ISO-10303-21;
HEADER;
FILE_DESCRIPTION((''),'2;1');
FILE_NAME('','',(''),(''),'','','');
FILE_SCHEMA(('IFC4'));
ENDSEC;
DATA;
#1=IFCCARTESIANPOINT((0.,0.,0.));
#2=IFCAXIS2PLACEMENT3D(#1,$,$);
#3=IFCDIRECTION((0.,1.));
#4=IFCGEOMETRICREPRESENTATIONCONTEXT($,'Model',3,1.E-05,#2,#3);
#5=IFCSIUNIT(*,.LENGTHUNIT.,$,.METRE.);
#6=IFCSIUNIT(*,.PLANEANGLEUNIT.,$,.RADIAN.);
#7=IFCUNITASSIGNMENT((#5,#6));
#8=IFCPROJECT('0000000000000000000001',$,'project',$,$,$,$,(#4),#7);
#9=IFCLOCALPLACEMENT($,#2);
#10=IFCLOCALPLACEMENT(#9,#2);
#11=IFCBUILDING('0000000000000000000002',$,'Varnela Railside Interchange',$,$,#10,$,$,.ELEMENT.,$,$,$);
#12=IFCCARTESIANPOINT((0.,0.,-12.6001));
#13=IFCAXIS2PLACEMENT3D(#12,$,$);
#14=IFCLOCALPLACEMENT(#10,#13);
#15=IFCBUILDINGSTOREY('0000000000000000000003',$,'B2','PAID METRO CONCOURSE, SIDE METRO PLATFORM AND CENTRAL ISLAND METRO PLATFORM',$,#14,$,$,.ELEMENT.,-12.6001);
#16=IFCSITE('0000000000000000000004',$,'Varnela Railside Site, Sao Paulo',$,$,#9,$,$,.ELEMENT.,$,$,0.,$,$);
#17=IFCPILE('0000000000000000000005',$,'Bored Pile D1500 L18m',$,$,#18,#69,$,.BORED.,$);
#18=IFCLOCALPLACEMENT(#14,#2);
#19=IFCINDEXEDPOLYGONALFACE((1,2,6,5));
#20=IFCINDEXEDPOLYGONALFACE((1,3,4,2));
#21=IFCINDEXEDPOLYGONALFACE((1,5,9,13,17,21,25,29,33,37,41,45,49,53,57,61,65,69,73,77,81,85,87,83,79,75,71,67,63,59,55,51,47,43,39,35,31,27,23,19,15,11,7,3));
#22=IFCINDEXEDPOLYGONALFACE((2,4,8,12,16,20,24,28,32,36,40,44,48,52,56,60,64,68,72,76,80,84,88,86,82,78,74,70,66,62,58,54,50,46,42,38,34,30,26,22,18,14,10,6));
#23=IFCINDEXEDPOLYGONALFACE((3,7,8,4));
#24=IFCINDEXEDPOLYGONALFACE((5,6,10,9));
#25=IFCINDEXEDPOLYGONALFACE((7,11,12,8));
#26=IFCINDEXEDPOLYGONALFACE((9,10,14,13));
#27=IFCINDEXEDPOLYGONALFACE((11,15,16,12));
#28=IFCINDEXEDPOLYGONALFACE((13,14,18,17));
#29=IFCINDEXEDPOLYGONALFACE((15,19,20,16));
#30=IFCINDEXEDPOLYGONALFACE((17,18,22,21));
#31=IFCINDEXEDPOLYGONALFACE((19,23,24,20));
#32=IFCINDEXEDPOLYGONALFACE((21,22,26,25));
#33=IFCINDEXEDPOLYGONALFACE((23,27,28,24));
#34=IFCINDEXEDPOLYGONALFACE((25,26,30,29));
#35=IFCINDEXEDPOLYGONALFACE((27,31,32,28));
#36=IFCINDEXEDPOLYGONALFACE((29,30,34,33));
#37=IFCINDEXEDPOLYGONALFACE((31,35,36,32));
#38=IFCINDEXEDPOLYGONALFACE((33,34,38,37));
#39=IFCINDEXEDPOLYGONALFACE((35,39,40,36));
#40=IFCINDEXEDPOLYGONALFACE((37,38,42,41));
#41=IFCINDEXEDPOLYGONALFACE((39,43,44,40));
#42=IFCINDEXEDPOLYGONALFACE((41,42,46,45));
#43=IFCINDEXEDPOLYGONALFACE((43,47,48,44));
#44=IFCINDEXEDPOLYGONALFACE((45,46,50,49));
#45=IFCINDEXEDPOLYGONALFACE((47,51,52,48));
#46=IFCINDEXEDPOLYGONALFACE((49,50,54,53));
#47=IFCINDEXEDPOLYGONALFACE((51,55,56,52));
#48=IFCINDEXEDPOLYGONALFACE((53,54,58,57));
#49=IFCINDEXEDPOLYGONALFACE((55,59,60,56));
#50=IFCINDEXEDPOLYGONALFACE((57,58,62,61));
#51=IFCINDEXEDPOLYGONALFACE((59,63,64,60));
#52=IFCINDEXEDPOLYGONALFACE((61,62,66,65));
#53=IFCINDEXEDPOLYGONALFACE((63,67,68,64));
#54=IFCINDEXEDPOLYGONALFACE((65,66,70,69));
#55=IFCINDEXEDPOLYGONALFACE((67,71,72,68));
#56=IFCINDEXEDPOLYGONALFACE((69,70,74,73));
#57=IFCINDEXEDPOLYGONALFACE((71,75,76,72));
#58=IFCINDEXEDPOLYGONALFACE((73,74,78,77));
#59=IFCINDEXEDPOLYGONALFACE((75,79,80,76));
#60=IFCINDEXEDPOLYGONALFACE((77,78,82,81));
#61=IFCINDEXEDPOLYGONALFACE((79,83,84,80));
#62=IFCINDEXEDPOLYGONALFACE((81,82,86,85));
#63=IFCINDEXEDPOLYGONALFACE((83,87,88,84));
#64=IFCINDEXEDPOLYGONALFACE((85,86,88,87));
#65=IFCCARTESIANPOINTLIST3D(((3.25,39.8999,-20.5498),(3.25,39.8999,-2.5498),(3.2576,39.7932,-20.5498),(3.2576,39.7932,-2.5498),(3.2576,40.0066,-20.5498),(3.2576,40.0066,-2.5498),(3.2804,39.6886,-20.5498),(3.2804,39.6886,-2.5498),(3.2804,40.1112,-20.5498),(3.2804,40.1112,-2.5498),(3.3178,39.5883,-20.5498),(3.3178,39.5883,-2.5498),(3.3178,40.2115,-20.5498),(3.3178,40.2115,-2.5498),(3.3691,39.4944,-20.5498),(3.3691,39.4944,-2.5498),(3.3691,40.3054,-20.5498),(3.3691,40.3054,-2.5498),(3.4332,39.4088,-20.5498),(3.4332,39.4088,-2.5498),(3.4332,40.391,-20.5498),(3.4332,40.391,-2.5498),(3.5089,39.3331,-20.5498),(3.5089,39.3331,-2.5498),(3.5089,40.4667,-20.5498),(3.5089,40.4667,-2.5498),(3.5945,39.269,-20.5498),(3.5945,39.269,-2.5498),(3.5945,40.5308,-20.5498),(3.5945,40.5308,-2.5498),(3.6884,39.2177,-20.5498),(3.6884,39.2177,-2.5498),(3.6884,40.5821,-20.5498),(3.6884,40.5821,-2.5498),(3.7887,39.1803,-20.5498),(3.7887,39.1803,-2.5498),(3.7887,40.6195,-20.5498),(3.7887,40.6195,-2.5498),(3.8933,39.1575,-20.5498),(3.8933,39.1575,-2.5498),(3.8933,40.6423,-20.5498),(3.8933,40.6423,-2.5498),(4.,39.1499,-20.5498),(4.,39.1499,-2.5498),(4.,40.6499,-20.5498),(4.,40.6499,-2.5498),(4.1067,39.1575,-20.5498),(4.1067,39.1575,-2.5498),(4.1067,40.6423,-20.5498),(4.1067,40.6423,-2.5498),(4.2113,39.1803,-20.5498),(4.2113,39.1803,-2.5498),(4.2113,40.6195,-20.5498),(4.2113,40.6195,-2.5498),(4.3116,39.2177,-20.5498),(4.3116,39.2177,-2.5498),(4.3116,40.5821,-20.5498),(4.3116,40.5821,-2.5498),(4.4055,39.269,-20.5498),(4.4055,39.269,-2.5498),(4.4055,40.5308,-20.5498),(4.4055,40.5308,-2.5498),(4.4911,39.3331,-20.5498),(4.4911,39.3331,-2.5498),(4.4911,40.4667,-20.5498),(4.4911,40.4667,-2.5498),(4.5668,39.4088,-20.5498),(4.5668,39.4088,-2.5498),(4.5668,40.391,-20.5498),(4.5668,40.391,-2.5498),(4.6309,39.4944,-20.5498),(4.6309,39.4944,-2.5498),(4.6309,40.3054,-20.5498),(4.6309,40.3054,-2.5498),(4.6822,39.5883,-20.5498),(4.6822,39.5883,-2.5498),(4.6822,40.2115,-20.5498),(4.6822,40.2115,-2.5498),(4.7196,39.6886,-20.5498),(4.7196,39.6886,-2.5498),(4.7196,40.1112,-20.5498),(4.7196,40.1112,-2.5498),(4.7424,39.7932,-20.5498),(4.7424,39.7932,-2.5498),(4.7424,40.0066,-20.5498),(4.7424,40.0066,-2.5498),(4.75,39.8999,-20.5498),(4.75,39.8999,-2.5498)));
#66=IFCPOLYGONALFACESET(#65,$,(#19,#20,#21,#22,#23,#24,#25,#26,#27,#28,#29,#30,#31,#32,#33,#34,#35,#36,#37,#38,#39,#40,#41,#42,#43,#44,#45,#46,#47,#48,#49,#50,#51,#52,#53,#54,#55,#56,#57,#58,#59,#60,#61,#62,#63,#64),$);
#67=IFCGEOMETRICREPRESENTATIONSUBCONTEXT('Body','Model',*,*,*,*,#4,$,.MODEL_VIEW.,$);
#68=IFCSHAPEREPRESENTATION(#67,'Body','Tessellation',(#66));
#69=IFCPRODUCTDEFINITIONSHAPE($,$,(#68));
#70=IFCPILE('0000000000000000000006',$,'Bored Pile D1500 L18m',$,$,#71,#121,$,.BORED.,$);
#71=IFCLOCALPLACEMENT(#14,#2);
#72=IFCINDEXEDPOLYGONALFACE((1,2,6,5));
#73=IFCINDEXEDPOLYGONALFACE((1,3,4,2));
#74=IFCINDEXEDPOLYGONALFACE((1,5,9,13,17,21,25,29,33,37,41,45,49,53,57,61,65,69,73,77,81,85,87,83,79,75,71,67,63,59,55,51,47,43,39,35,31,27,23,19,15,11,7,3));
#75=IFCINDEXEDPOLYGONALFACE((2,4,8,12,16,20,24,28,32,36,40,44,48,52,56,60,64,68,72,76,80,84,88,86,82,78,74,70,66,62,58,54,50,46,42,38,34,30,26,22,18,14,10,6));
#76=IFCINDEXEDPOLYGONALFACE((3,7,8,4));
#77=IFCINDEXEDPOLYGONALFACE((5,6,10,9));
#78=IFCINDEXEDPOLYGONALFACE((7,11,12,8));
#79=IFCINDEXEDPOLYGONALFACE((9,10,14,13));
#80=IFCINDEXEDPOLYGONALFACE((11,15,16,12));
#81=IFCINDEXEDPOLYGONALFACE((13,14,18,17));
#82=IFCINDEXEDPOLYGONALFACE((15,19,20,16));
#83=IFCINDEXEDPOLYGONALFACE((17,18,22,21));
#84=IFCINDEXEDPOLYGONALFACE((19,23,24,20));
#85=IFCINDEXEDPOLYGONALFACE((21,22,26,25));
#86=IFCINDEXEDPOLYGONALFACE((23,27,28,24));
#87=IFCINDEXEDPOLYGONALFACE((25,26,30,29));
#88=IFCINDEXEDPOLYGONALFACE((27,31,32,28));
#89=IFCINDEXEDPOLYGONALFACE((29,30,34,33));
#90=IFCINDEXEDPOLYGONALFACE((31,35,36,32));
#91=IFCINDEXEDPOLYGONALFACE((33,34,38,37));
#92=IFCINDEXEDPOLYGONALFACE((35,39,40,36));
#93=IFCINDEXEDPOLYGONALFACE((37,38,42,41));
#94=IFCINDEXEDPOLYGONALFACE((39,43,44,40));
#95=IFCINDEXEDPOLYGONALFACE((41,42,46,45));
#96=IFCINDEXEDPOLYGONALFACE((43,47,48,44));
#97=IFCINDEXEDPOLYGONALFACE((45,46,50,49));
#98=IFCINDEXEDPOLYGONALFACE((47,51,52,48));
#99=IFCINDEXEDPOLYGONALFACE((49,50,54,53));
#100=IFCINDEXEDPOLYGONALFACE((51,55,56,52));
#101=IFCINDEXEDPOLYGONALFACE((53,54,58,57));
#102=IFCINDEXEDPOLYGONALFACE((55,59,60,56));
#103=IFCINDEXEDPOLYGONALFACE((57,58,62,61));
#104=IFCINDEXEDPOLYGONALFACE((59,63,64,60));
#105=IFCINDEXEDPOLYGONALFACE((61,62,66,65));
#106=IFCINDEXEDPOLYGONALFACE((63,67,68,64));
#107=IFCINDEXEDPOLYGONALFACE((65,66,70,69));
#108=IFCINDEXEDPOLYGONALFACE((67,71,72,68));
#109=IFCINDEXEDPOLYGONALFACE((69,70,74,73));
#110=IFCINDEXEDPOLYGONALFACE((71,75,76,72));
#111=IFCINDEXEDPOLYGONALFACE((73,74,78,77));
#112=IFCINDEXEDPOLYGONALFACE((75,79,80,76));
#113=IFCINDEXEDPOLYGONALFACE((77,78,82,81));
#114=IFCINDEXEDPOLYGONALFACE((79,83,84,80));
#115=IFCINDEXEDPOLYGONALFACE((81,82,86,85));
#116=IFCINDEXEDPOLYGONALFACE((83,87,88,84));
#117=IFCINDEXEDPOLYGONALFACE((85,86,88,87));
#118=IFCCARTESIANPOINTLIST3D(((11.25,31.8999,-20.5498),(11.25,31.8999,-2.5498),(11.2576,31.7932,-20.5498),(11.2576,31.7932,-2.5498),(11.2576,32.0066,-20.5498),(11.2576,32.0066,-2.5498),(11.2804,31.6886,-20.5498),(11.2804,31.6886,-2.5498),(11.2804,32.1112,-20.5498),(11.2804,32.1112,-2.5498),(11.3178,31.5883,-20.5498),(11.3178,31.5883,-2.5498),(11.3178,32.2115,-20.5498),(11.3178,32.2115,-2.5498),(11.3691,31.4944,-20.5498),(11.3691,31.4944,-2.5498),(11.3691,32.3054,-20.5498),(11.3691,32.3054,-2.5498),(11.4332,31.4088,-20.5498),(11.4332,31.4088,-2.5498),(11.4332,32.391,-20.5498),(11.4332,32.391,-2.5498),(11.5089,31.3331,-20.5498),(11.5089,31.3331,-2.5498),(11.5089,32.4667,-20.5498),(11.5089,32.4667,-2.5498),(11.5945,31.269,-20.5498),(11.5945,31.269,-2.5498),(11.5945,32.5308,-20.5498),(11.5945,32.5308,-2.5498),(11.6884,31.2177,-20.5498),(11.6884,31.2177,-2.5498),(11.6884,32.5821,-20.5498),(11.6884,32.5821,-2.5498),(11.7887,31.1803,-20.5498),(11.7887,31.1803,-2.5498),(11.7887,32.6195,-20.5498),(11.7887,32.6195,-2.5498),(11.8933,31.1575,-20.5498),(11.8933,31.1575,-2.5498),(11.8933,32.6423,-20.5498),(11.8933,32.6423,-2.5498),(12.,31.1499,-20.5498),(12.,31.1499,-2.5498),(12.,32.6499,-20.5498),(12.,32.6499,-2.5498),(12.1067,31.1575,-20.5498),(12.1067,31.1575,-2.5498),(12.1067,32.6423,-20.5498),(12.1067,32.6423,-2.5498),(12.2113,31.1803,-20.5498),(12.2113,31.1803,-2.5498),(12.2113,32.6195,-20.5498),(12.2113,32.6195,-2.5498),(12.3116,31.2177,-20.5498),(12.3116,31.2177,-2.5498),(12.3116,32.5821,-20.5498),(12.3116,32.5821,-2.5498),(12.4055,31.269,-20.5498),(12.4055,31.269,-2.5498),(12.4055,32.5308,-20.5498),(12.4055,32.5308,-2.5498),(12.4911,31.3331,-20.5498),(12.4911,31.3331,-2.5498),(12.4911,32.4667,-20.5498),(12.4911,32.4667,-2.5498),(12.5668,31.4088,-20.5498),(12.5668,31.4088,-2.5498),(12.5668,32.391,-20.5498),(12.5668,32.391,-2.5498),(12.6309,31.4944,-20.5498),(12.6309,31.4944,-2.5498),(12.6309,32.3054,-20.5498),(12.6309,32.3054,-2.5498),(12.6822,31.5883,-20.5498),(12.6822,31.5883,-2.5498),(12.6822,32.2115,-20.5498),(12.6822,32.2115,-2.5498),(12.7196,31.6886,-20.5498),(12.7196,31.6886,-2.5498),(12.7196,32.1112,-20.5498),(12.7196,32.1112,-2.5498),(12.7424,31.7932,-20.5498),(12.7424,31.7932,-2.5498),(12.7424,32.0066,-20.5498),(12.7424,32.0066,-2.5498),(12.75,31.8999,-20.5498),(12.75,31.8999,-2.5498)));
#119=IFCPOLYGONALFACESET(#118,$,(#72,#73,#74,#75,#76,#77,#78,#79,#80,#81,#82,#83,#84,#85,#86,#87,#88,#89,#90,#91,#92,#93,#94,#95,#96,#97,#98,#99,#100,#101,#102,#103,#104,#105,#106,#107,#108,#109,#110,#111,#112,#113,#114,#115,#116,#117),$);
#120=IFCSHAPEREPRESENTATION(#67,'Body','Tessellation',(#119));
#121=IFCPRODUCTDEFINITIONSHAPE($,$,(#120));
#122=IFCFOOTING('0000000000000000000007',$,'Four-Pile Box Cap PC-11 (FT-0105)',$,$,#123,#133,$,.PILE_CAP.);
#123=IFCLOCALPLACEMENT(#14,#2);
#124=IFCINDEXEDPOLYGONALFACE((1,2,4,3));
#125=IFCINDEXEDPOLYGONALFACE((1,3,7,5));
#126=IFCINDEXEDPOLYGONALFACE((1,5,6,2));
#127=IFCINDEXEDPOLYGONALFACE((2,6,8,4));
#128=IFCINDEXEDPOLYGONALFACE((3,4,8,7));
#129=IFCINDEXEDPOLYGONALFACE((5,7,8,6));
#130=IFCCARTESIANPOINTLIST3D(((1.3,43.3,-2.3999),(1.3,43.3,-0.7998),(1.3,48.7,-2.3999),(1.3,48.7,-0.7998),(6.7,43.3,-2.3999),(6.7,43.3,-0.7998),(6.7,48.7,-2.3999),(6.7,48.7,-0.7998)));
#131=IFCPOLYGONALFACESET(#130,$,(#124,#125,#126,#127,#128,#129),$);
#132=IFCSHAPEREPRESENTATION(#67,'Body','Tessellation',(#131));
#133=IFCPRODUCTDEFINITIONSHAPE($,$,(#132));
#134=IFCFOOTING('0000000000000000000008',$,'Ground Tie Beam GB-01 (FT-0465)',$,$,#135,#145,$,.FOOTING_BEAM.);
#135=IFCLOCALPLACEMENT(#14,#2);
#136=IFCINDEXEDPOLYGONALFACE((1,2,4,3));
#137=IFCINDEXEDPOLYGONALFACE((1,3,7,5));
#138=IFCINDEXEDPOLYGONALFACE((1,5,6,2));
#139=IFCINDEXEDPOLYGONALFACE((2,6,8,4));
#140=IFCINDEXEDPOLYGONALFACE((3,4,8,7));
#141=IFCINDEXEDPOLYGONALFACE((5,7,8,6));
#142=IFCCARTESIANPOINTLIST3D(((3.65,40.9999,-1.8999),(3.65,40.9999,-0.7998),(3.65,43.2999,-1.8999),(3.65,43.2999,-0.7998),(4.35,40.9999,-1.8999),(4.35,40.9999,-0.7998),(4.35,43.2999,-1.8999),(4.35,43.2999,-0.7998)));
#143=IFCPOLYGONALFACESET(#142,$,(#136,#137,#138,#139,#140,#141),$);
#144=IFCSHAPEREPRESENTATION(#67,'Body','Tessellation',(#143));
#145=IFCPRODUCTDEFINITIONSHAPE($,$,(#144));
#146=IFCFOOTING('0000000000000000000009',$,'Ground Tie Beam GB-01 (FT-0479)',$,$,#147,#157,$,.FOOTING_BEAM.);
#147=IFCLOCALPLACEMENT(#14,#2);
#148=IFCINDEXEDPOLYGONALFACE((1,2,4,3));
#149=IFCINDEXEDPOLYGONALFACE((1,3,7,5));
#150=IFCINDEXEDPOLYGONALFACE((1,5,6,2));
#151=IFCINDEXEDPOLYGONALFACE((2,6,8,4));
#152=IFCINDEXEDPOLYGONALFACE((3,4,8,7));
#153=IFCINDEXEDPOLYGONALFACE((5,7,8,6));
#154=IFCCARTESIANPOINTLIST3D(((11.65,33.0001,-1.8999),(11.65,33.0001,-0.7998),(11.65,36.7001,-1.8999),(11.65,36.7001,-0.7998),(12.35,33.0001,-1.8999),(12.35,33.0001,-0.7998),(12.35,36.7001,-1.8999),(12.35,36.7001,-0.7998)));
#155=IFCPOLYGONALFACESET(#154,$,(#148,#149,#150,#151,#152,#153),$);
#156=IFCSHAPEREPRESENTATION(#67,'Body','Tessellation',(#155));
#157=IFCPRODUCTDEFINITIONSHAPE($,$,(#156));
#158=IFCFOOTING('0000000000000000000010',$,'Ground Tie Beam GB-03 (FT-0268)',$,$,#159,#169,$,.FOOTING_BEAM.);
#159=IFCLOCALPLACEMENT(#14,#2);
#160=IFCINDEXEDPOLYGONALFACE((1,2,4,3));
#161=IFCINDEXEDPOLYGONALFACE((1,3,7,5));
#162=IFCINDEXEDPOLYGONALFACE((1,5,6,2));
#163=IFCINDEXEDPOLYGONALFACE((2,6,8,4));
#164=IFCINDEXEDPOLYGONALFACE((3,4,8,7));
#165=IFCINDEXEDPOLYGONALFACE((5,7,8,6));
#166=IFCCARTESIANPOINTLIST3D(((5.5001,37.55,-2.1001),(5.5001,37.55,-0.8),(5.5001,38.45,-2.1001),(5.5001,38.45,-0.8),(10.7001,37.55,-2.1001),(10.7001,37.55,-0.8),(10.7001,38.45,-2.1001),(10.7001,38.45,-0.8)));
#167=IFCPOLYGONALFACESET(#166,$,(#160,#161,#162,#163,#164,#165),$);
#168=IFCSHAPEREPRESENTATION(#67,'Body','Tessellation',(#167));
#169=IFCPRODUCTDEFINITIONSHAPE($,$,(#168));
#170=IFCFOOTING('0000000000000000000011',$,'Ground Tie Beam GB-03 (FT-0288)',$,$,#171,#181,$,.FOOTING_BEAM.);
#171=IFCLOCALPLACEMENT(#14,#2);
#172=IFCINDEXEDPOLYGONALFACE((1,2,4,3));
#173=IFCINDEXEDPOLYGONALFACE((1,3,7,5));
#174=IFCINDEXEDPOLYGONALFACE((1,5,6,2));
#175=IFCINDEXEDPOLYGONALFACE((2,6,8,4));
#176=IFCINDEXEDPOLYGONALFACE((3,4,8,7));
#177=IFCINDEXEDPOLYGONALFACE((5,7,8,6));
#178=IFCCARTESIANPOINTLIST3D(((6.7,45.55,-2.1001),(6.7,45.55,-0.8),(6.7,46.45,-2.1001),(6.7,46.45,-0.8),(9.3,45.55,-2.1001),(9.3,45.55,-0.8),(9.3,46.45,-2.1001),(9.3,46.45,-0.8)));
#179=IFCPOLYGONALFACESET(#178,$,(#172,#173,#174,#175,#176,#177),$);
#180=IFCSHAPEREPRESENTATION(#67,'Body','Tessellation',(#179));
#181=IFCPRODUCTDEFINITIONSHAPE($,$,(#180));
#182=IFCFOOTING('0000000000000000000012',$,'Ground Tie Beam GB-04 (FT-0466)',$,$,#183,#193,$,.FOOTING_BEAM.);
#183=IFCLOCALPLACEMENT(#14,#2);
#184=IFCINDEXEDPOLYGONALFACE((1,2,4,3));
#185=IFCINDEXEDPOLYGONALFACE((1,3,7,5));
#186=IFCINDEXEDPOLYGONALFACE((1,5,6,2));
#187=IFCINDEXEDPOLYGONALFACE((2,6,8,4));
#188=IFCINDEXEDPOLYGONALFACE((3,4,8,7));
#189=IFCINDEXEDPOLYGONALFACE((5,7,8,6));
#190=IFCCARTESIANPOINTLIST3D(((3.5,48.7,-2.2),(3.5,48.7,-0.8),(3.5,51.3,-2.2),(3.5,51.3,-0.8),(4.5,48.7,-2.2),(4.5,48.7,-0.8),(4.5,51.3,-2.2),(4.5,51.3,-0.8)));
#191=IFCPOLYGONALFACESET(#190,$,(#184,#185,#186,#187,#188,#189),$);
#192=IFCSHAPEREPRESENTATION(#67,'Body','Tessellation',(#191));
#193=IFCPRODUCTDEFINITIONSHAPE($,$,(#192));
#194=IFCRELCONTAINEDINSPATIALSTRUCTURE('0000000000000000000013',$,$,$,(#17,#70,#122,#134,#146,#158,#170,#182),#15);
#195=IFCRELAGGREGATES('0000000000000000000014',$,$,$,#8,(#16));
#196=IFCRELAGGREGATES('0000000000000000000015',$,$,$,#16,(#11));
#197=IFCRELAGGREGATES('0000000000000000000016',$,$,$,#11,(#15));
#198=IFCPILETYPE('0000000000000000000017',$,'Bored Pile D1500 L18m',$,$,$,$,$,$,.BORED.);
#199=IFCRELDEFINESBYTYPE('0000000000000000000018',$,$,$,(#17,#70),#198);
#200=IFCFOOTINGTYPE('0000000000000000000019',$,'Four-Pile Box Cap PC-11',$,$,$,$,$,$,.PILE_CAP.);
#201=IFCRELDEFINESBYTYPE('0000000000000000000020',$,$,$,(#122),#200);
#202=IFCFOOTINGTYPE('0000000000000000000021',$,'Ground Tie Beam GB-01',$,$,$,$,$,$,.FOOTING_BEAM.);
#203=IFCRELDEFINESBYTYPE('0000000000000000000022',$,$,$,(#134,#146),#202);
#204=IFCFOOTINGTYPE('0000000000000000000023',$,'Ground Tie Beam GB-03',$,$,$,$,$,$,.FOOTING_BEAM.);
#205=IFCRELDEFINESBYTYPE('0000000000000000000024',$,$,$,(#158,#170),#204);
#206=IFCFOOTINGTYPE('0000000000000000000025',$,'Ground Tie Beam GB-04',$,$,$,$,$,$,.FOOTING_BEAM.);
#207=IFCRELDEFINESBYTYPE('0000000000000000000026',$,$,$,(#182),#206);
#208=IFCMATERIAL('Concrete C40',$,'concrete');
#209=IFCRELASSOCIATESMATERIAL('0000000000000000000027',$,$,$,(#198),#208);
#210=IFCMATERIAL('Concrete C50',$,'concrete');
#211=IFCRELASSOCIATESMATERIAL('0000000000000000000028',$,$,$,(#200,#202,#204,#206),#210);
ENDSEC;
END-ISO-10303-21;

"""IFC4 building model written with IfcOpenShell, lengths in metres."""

from ifc_helpers import new_model, si_unit, direction, frame, origin, origin_2d, place, context, subcontext, project, spatial, rectangle, circle, extrude, material, material_profile, profile_set, type_object, element, save


model = new_model("IFC4")

# Units and contexts
model_context = context("Model", 3, precision=1e-05, world=origin(), true_north=direction((0.0, 1.0)))
body_context = subcontext(model_context, "Body", "Model", "MODEL_VIEW")
ifc_project = project(units=[si_unit("LENGTHUNIT", "METRE"), si_unit("PLANEANGLEUNIT", "RADIAN")], contexts=[model_context])

# Site, building, storey
site_placement = place(None, origin())
site = spatial("IfcSite", under=ifc_project, at=site_placement, Name="Varnela Railside Site, Sao Paulo", CompositionType="ELEMENT", RefElevation=0.0)
building_placement = place(site_placement, origin())
building = spatial("IfcBuilding", under=site, at=building_placement, Name="Varnela Railside Interchange", CompositionType="ELEMENT")
storey_placement = place(building_placement, frame((0.0, 0.0, -12.6001)))
storey = spatial("IfcBuildingStorey", under=building, at=storey_placement, Name="B2", Description="PAID METRO CONCOURSE, SIDE METRO PLATFORM AND CENTRAL ISLAND METRO PLATFORM", CompositionType="ELEMENT", Elevation=-12.6001)

# Piles
ifc_material_1 = material(Name="Concrete C40", Category="concrete")
ifc_material_profile_1 = material_profile(ifc_material_1, circle(Radius=0.75, at=origin_2d()), Name="BORED PILE D1500")
ifc_profile_set_1 = profile_set([ifc_material_profile_1], Name="Concrete C40")
pile_type_1 = type_object("IfcPileType", Name="Bored Pile D1500 L18m", PredefinedType="BORED", material=ifc_profile_set_1)
for number, where, z_axis, x_axis, name in (
    (1, (4.0, 39.8999, -2.5498), (0.0, 0.0, -1.0), (1.0, 0.0, 0.0), "Bored Pile D1500 L18m"),
    (2, (12.0, 31.8999, -2.5498), (0.0, 0.0, -1.0), (1.0, 0.0, 0.0), "Bored Pile D1500 L18m"),
):
    element("IfcPile", number, at=place(storey_placement, frame(where, z_axis=z_axis, x_axis=x_axis)), inside=storey, type_object=pile_type_1, Name=name, PredefinedType="BORED", context=body_context, shape_type="SweptSolid", body=[
        extrude(circle(Radius=0.75, at=origin_2d()), origin(), (0.0, 0.0, 1.0), 18.0),
    ])

# Footings
ifc_material_2 = material(Name="Concrete C50", Category="concrete")
footing_type_1 = type_object("IfcFootingType", Name="Four-Pile Box Cap PC-11", PredefinedType="PILE_CAP", material=ifc_material_2)
footing_1_placement = place(storey_placement, frame((4.0, 46.0, -2.3999), z_axis=(0.0, 0.0, 1.0), x_axis=(1.0, 0.0, 0.0)))
element("IfcFooting", 3, at=footing_1_placement, inside=storey, type_object=footing_type_1, Name="Four-Pile Box Cap PC-11 (FT-0105)", PredefinedType="PILE_CAP", context=body_context, shape_type="SweptSolid", body=[
    extrude(rectangle(XDim=5.3999, YDim=5.3999, at=origin_2d()), origin(), (0.0, 0.0, 1.0), 1.6001),
])
footing_type_2 = type_object("IfcFootingType", Name="Ground Tie Beam GB-01", PredefinedType="FOOTING_BEAM", material=ifc_material_2)
footing_2_placement = place(storey_placement, frame((4.0, 42.1499, -1.8999), z_axis=(0.0, 0.0, 1.0), x_axis=(1.0, 0.0, 0.0)))
element("IfcFooting", 4, at=footing_2_placement, inside=storey, type_object=footing_type_2, Name="Ground Tie Beam GB-01 (FT-0465)", PredefinedType="FOOTING_BEAM", context=body_context, shape_type="SweptSolid", body=[
    extrude(rectangle(XDim=0.7, YDim=2.3, at=origin_2d()), origin(), (0.0, 0.0, 1.0), 1.1001),
])
footing_3_placement = place(storey_placement, frame((12.0, 34.8501, -1.8999), z_axis=(0.0, 0.0, 1.0), x_axis=(1.0, 0.0, 0.0)))
element("IfcFooting", 5, at=footing_3_placement, inside=storey, type_object=footing_type_2, Name="Ground Tie Beam GB-01 (FT-0479)", PredefinedType="FOOTING_BEAM", context=body_context, shape_type="SweptSolid", body=[
    extrude(rectangle(XDim=0.7, YDim=3.7, at=origin_2d()), origin(), (0.0, 0.0, 1.0), 1.1001),
])
footing_type_3 = type_object("IfcFootingType", Name="Ground Tie Beam GB-03", PredefinedType="FOOTING_BEAM", material=ifc_material_2)
footing_4_placement = place(storey_placement, frame((8.1001, 38.0, -2.1001), z_axis=(0.0, 0.0, 1.0), x_axis=(1.0, 0.0, 0.0)))
element("IfcFooting", 6, at=footing_4_placement, inside=storey, type_object=footing_type_3, Name="Ground Tie Beam GB-03 (FT-0268)", PredefinedType="FOOTING_BEAM", context=body_context, shape_type="SweptSolid", body=[
    extrude(rectangle(XDim=5.2, YDim=0.8999, at=origin_2d()), origin(), (0.0, 0.0, 1.0), 1.3),
])
footing_5_placement = place(storey_placement, frame((8.0, 46.0, -2.1001), z_axis=(0.0, 0.0, 1.0), x_axis=(1.0, 0.0, 0.0)))
element("IfcFooting", 7, at=footing_5_placement, inside=storey, type_object=footing_type_3, Name="Ground Tie Beam GB-03 (FT-0288)", PredefinedType="FOOTING_BEAM", context=body_context, shape_type="SweptSolid", body=[
    extrude(rectangle(XDim=2.6001, YDim=0.8999, at=origin_2d()), origin(), (0.0, 0.0, 1.0), 1.3),
])
footing_type_4 = type_object("IfcFootingType", Name="Ground Tie Beam GB-04", PredefinedType="FOOTING_BEAM", material=ifc_material_2)
footing_6_placement = place(storey_placement, frame((4.0, 50.0, -2.2), z_axis=(0.0, 0.0, 1.0), x_axis=(1.0, 0.0, 0.0)))
element("IfcFooting", 8, at=footing_6_placement, inside=storey, type_object=footing_type_4, Name="Ground Tie Beam GB-04 (FT-0466)", PredefinedType="FOOTING_BEAM", context=body_context, shape_type="SweptSolid", body=[
    extrude(rectangle(XDim=1.0, YDim=2.6001, at=origin_2d()), origin(), (0.0, 0.0, 1.0), 1.3999),
])

save(model, "model.ifc")
